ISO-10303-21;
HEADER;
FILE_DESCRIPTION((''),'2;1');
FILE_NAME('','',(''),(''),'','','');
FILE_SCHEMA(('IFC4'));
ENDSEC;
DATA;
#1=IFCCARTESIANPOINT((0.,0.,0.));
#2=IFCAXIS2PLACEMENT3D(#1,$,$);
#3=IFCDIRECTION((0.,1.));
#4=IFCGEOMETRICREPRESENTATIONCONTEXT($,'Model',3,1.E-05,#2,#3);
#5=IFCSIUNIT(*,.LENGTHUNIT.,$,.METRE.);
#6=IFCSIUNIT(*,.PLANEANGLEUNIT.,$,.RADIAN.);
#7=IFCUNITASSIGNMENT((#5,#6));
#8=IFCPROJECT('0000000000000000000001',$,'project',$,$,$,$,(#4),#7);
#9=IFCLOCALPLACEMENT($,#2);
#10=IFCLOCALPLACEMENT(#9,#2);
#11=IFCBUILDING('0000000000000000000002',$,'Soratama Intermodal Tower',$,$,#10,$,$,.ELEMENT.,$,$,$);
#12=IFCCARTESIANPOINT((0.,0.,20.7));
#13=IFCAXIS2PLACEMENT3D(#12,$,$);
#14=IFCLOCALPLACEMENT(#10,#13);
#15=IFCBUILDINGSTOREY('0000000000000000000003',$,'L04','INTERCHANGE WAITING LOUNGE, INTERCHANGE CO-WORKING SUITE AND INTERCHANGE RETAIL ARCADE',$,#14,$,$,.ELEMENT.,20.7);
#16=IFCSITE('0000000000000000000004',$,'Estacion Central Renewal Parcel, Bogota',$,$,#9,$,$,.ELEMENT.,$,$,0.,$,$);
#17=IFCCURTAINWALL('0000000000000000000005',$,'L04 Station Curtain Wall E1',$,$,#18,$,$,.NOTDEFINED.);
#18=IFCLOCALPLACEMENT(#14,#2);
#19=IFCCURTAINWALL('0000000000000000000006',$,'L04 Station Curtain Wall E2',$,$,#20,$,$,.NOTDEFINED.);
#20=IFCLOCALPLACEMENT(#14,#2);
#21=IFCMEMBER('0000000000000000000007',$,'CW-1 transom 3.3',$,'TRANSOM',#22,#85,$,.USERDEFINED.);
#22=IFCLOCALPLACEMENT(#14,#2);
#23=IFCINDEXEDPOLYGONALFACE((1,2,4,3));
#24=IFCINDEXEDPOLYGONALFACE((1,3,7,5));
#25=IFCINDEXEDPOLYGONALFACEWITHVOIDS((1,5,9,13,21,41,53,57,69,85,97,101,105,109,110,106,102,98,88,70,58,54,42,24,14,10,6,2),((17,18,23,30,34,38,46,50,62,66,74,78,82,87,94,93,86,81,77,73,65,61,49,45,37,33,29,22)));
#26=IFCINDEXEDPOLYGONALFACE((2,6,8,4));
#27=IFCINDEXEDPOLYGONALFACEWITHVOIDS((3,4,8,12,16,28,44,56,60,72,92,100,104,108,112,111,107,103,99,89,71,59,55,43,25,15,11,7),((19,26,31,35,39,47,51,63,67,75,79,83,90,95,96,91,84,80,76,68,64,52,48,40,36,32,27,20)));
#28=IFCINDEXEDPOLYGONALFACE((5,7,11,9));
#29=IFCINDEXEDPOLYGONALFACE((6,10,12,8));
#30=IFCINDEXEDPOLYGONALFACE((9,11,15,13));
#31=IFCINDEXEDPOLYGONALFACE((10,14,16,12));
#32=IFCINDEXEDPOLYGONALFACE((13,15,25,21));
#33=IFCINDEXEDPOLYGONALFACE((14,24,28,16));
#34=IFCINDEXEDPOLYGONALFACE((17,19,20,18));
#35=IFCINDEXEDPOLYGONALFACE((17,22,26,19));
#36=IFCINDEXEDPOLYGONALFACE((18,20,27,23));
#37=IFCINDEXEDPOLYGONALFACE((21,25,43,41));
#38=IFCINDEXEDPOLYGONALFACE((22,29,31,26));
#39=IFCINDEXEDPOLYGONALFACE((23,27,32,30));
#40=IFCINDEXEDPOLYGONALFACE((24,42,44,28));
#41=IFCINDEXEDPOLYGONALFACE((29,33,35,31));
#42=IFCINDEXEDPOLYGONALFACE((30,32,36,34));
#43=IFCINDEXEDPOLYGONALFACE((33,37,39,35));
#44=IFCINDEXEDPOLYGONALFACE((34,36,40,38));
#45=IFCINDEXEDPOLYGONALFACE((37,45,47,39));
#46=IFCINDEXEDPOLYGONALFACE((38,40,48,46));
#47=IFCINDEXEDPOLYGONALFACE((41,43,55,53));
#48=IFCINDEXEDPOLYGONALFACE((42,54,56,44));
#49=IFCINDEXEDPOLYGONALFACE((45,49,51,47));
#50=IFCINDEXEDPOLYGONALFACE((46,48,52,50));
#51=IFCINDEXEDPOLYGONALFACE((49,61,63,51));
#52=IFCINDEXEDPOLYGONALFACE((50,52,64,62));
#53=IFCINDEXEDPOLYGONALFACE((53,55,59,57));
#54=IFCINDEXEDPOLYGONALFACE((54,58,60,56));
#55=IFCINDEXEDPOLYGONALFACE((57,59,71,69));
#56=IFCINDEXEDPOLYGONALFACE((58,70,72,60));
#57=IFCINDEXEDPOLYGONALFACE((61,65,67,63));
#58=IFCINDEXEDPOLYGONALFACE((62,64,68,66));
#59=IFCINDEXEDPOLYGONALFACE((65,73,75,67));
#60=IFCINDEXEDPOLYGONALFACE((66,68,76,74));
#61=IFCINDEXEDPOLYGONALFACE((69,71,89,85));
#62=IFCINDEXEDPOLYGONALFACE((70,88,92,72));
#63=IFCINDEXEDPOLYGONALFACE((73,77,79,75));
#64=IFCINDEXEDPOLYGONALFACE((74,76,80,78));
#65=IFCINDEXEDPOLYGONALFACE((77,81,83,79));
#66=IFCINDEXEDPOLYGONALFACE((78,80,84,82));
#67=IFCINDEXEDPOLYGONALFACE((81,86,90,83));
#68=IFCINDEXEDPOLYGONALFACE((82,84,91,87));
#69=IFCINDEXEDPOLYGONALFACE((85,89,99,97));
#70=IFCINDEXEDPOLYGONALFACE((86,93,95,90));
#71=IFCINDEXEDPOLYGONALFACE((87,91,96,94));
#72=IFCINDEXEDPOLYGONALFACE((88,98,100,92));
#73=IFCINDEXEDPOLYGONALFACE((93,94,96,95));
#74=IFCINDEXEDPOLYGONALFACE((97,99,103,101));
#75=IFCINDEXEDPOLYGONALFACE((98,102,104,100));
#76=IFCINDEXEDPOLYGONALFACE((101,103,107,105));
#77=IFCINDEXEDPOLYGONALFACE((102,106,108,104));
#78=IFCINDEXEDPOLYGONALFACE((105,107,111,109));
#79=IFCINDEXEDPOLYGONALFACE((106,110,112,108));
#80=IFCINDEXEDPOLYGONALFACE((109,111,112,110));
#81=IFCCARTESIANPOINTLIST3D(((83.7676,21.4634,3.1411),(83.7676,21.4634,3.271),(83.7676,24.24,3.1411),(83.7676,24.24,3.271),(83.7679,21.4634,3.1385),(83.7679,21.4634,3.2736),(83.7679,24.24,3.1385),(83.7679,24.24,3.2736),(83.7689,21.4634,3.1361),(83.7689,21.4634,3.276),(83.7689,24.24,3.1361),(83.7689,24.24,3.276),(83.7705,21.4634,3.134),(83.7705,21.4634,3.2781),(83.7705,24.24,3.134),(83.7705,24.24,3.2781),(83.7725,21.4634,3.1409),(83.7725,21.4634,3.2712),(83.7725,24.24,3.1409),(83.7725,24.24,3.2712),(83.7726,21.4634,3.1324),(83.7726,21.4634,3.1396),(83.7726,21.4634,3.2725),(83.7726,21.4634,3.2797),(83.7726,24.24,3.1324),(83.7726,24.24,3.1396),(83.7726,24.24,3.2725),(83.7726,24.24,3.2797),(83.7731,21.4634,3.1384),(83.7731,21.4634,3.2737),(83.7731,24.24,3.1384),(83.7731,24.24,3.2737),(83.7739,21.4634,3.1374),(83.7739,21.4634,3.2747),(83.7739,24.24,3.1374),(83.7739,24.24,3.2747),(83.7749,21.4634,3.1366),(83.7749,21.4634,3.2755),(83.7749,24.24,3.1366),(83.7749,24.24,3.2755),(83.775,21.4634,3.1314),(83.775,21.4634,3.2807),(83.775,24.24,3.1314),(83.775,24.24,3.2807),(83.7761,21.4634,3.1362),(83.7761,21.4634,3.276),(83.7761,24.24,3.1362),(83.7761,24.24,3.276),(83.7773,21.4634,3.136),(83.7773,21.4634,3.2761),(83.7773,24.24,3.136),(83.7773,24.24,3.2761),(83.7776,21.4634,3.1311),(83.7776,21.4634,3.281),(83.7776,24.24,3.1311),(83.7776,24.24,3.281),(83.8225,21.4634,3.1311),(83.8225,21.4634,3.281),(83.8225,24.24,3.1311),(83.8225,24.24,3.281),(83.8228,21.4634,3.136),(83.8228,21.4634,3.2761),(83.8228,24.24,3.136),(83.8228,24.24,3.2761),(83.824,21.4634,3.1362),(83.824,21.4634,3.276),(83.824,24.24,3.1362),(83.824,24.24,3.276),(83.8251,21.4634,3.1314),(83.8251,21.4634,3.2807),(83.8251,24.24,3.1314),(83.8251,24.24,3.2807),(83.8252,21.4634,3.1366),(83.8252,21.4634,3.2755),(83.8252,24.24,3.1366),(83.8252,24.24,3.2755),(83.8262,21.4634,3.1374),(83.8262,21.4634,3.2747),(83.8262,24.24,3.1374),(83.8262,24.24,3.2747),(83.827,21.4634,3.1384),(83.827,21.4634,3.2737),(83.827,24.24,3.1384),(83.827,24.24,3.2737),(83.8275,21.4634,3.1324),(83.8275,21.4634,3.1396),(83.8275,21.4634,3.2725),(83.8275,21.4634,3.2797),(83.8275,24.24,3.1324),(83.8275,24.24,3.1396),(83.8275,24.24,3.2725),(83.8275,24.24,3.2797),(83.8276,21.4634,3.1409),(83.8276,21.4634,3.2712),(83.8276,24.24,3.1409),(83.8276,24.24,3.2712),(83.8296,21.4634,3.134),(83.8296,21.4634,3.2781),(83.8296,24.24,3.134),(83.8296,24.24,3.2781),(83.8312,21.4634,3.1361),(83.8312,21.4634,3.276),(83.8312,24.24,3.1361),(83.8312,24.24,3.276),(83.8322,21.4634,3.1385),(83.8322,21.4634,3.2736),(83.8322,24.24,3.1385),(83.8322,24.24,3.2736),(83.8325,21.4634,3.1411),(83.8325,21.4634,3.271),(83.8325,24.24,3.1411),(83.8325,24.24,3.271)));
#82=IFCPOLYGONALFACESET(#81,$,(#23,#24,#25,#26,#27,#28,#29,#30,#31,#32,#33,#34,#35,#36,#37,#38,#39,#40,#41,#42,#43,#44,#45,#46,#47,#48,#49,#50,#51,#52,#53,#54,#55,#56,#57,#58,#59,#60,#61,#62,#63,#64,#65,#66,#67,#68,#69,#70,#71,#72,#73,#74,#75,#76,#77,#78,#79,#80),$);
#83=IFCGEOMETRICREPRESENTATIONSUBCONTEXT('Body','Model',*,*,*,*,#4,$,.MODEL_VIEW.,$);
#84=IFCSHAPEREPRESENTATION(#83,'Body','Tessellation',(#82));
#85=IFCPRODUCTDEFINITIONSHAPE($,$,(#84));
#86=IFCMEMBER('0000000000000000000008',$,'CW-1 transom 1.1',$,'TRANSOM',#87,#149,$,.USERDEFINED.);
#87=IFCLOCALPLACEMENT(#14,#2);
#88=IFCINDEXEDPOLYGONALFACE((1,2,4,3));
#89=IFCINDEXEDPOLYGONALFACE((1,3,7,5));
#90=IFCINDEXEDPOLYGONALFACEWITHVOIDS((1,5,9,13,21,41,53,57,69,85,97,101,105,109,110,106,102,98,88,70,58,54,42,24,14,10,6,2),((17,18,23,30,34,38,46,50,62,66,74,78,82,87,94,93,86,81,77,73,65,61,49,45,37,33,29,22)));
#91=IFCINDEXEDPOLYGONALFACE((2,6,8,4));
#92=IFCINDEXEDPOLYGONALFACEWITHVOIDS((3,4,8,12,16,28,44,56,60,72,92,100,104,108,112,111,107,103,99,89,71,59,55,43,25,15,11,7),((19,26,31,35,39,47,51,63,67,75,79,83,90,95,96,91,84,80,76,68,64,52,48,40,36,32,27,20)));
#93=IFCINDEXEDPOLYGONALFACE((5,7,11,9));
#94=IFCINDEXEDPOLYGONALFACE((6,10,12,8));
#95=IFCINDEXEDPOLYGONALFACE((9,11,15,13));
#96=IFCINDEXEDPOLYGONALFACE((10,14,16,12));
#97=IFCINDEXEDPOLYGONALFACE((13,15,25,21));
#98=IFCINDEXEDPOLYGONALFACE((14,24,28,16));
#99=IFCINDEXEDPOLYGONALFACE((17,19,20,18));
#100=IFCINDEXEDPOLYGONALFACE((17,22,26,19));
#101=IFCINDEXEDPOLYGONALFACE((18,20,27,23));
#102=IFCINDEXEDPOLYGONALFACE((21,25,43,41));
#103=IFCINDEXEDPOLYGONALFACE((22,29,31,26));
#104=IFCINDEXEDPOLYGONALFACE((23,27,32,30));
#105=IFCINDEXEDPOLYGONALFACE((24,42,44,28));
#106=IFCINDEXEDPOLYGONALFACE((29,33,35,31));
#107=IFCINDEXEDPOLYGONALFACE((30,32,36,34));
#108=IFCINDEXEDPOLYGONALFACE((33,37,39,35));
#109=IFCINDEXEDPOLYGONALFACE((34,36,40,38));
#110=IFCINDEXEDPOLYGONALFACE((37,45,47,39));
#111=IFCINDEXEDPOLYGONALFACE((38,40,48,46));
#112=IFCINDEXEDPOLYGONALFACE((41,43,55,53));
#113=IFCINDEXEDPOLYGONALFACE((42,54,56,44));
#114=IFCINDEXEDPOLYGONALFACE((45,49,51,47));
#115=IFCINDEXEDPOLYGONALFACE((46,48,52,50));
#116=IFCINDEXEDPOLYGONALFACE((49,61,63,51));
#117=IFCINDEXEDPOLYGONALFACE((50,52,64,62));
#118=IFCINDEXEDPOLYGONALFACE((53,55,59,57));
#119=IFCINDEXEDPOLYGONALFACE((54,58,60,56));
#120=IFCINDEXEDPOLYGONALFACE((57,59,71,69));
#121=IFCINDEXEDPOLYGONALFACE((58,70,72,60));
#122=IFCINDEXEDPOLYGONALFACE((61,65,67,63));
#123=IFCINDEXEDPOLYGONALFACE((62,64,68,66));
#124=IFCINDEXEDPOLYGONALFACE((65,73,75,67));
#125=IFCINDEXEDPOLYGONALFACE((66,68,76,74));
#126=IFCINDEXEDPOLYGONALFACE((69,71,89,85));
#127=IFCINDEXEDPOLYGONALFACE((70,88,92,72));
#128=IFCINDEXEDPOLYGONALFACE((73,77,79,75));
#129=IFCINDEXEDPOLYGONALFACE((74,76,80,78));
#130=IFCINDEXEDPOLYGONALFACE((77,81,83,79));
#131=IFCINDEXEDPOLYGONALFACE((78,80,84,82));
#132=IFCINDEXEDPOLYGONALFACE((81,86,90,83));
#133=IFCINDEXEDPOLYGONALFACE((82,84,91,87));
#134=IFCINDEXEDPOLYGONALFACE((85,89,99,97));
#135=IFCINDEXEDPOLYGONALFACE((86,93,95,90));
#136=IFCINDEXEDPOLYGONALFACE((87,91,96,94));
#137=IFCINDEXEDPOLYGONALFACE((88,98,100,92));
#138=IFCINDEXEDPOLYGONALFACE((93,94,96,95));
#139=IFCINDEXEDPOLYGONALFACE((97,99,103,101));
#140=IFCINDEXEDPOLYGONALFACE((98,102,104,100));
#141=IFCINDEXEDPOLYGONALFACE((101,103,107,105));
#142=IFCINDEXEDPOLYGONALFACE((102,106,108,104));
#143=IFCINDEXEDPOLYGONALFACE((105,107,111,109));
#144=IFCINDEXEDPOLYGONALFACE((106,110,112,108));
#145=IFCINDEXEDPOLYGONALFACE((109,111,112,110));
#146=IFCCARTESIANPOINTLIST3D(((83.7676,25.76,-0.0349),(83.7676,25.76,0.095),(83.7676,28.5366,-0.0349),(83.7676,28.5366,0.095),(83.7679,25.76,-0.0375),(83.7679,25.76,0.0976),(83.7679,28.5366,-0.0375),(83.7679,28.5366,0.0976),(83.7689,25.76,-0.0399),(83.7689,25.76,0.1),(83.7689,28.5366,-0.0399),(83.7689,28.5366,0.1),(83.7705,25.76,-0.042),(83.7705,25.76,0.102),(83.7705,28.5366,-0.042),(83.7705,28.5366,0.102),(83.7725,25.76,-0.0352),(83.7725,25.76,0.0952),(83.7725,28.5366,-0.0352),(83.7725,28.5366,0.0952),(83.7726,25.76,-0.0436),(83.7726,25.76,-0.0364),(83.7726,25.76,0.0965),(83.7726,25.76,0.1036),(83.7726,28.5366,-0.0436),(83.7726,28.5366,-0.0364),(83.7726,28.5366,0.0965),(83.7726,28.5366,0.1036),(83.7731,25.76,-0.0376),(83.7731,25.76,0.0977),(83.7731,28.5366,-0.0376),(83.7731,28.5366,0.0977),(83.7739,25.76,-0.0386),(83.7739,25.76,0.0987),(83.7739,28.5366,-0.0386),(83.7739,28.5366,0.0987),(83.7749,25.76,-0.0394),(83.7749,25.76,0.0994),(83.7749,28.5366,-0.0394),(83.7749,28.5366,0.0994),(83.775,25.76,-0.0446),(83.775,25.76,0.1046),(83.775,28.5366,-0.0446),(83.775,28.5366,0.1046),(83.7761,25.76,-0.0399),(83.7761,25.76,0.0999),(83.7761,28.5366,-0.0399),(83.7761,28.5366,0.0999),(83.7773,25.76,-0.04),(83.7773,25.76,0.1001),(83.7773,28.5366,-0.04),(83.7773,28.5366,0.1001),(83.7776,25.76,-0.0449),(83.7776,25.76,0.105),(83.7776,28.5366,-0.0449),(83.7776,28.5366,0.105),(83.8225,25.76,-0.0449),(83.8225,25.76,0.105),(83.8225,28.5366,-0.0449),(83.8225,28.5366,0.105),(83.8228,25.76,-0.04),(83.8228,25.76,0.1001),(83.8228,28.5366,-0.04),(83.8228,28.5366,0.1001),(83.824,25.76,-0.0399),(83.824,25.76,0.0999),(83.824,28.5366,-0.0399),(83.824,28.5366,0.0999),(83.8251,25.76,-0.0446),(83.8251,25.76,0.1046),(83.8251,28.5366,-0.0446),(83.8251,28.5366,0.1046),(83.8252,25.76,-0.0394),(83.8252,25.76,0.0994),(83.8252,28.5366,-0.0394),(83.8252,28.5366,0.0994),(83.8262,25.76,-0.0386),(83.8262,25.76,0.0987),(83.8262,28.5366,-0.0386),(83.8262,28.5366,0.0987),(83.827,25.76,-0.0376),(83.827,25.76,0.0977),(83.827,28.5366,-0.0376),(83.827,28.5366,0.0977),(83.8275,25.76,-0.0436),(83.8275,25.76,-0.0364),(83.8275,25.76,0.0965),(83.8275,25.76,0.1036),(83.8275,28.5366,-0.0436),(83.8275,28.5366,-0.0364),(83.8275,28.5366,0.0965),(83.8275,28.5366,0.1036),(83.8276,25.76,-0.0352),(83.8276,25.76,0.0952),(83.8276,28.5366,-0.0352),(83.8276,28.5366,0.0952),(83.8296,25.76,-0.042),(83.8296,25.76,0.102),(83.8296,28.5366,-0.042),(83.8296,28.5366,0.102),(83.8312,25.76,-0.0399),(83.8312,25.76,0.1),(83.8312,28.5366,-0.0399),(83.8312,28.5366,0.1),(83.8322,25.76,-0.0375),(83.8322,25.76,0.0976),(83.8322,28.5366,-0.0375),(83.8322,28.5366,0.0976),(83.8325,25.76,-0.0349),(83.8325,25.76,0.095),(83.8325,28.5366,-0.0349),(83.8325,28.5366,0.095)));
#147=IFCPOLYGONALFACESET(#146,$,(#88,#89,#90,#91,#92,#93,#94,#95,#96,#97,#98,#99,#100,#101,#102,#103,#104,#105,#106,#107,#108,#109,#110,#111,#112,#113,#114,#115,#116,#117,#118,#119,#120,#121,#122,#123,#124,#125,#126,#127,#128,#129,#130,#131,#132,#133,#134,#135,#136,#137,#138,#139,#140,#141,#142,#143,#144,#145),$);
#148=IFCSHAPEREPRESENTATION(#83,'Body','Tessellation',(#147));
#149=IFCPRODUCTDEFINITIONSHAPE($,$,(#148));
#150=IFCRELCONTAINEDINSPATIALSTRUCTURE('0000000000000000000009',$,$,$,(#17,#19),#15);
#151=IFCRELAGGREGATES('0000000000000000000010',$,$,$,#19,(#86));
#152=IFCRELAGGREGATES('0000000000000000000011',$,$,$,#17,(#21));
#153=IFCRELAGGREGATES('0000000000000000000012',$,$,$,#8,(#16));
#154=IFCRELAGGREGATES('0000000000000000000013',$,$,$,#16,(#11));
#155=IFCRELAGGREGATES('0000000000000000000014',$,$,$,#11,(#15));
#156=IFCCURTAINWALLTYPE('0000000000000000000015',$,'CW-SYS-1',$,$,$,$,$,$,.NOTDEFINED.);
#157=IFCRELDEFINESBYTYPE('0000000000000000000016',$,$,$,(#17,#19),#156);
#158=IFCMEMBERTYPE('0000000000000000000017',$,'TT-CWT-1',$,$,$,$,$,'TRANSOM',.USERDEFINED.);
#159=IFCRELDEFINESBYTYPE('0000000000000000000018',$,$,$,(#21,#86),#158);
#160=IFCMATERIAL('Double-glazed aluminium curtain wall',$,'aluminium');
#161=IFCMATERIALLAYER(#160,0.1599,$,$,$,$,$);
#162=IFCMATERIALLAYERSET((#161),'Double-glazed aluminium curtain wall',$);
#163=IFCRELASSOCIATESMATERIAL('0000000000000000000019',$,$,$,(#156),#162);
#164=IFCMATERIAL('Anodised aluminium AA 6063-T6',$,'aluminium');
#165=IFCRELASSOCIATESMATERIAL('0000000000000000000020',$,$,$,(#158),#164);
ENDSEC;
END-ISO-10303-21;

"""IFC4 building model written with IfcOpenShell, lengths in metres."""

from ifc_helpers import new_model, si_unit, direction, frame, origin, origin_2d, place, context, subcontext, project, spatial, hollow_rectangle, extrude, material, layer, layer_set, material_profile, profile_set, type_object, element, aggregate, save


model = new_model("IFC4")

# Units and contexts
model_context = context("Model", 3, precision=1e-05, world=origin(), true_north=direction((0.0, 1.0)))
body_context = subcontext(model_context, "Body", "Model", "MODEL_VIEW")
ifc_project = project(units=[si_unit("LENGTHUNIT", "METRE"), si_unit("PLANEANGLEUNIT", "RADIAN")], contexts=[model_context])

# Site, building, storey
site_placement = place(None, origin())
site = spatial("IfcSite", under=ifc_project, at=site_placement, Name="Estacion Central Renewal Parcel, Bogota", CompositionType="ELEMENT", RefElevation=0.0)
building_placement = place(site_placement, origin())
building = spatial("IfcBuilding", under=site, at=building_placement, Name="Soratama Intermodal Tower", CompositionType="ELEMENT")
storey_placement = place(building_placement, frame((0.0, 0.0, 20.7)))
storey = spatial("IfcBuildingStorey", under=building, at=storey_placement, Name="L04", Description="INTERCHANGE WAITING LOUNGE, INTERCHANGE CO-WORKING SUITE AND INTERCHANGE RETAIL ARCADE", CompositionType="ELEMENT", Elevation=20.7)

# Curtain wall
ifc_material_1 = material(Name="Double-glazed aluminium curtain wall", Category="aluminium")
ifc_layer_1 = layer(ifc_material_1, 0.1599)
ifc_layer_set_1 = layer_set([ifc_layer_1], Name="Double-glazed aluminium curtain wall")
curtain_wall_type = type_object("IfcCurtainWallType", Name="CW-SYS-1", PredefinedType="NOTDEFINED", material=ifc_layer_set_1)
curtain_wall_1_placement = place(storey_placement, origin())
curtain_wall_1 = element("IfcCurtainWall", 1, at=curtain_wall_1_placement, inside=storey, type_object=curtain_wall_type, Name="L04 Station Curtain Wall E1", PredefinedType="NOTDEFINED")

# Curtain wall
curtain_wall_2_placement = place(storey_placement, origin())
curtain_wall_2 = element("IfcCurtainWall", 2, at=curtain_wall_2_placement, inside=storey, type_object=curtain_wall_type, Name="L04 Station Curtain Wall E2", PredefinedType="NOTDEFINED")

# Members
ifc_material_2 = material(Name="Anodised aluminium AA 6063-T6", Category="aluminium")
ifc_material_profile_1 = material_profile(ifc_material_2, hollow_rectangle(XDim=0.0649, YDim=0.1499, WallThickness=0.0049, InnerFilletRadius=0.0049, OuterFilletRadius=0.01, at=origin_2d()), Name="CWT150X65X5")
ifc_profile_set_1 = profile_set([ifc_material_profile_1], Name="Anodised aluminium AA 6063-T6")
member_type_1 = type_object("IfcMemberType", Name="TT-CWT-1", ElementType="TRANSOM", PredefinedType="USERDEFINED", material=ifc_profile_set_1)
member_1_placement = place(storey_placement, frame((83.8, 21.4634, 3.2061), z_axis=(0.0, 1.0, 0.0), x_axis=(-1.0, 0.0, 0.0)))
member_1 = element("IfcMember", 3, at=member_1_placement, type_object=member_type_1, Name="CW-1 transom 3.3", ObjectType="TRANSOM", PredefinedType="USERDEFINED", context=body_context, shape_type="SweptSolid", body=[
    extrude(hollow_rectangle(XDim=0.0649, YDim=0.1499, WallThickness=0.0049, InnerFilletRadius=0.0049, OuterFilletRadius=0.01, at=origin_2d()), origin(), (0.0, 0.0, 1.0), 2.7766),
])
member_2_placement = place(storey_placement, frame((83.8, 25.76, 0.03), z_axis=(0.0, 1.0, 0.0), x_axis=(-1.0, 0.0, 0.0)))
member_2 = element("IfcMember", 4, at=member_2_placement, type_object=member_type_1, Name="CW-1 transom 1.1", ObjectType="TRANSOM", PredefinedType="USERDEFINED", context=body_context, shape_type="SweptSolid", body=[
    extrude(hollow_rectangle(XDim=0.0649, YDim=0.1499, WallThickness=0.0049, InnerFilletRadius=0.0049, OuterFilletRadius=0.01, at=origin_2d()), origin(), (0.0, 0.0, 1.0), 2.7766),
])
aggregate(curtain_wall_2, [member_2])

aggregate(curtain_wall_1, [member_1])

save(model, "model.ifc")
